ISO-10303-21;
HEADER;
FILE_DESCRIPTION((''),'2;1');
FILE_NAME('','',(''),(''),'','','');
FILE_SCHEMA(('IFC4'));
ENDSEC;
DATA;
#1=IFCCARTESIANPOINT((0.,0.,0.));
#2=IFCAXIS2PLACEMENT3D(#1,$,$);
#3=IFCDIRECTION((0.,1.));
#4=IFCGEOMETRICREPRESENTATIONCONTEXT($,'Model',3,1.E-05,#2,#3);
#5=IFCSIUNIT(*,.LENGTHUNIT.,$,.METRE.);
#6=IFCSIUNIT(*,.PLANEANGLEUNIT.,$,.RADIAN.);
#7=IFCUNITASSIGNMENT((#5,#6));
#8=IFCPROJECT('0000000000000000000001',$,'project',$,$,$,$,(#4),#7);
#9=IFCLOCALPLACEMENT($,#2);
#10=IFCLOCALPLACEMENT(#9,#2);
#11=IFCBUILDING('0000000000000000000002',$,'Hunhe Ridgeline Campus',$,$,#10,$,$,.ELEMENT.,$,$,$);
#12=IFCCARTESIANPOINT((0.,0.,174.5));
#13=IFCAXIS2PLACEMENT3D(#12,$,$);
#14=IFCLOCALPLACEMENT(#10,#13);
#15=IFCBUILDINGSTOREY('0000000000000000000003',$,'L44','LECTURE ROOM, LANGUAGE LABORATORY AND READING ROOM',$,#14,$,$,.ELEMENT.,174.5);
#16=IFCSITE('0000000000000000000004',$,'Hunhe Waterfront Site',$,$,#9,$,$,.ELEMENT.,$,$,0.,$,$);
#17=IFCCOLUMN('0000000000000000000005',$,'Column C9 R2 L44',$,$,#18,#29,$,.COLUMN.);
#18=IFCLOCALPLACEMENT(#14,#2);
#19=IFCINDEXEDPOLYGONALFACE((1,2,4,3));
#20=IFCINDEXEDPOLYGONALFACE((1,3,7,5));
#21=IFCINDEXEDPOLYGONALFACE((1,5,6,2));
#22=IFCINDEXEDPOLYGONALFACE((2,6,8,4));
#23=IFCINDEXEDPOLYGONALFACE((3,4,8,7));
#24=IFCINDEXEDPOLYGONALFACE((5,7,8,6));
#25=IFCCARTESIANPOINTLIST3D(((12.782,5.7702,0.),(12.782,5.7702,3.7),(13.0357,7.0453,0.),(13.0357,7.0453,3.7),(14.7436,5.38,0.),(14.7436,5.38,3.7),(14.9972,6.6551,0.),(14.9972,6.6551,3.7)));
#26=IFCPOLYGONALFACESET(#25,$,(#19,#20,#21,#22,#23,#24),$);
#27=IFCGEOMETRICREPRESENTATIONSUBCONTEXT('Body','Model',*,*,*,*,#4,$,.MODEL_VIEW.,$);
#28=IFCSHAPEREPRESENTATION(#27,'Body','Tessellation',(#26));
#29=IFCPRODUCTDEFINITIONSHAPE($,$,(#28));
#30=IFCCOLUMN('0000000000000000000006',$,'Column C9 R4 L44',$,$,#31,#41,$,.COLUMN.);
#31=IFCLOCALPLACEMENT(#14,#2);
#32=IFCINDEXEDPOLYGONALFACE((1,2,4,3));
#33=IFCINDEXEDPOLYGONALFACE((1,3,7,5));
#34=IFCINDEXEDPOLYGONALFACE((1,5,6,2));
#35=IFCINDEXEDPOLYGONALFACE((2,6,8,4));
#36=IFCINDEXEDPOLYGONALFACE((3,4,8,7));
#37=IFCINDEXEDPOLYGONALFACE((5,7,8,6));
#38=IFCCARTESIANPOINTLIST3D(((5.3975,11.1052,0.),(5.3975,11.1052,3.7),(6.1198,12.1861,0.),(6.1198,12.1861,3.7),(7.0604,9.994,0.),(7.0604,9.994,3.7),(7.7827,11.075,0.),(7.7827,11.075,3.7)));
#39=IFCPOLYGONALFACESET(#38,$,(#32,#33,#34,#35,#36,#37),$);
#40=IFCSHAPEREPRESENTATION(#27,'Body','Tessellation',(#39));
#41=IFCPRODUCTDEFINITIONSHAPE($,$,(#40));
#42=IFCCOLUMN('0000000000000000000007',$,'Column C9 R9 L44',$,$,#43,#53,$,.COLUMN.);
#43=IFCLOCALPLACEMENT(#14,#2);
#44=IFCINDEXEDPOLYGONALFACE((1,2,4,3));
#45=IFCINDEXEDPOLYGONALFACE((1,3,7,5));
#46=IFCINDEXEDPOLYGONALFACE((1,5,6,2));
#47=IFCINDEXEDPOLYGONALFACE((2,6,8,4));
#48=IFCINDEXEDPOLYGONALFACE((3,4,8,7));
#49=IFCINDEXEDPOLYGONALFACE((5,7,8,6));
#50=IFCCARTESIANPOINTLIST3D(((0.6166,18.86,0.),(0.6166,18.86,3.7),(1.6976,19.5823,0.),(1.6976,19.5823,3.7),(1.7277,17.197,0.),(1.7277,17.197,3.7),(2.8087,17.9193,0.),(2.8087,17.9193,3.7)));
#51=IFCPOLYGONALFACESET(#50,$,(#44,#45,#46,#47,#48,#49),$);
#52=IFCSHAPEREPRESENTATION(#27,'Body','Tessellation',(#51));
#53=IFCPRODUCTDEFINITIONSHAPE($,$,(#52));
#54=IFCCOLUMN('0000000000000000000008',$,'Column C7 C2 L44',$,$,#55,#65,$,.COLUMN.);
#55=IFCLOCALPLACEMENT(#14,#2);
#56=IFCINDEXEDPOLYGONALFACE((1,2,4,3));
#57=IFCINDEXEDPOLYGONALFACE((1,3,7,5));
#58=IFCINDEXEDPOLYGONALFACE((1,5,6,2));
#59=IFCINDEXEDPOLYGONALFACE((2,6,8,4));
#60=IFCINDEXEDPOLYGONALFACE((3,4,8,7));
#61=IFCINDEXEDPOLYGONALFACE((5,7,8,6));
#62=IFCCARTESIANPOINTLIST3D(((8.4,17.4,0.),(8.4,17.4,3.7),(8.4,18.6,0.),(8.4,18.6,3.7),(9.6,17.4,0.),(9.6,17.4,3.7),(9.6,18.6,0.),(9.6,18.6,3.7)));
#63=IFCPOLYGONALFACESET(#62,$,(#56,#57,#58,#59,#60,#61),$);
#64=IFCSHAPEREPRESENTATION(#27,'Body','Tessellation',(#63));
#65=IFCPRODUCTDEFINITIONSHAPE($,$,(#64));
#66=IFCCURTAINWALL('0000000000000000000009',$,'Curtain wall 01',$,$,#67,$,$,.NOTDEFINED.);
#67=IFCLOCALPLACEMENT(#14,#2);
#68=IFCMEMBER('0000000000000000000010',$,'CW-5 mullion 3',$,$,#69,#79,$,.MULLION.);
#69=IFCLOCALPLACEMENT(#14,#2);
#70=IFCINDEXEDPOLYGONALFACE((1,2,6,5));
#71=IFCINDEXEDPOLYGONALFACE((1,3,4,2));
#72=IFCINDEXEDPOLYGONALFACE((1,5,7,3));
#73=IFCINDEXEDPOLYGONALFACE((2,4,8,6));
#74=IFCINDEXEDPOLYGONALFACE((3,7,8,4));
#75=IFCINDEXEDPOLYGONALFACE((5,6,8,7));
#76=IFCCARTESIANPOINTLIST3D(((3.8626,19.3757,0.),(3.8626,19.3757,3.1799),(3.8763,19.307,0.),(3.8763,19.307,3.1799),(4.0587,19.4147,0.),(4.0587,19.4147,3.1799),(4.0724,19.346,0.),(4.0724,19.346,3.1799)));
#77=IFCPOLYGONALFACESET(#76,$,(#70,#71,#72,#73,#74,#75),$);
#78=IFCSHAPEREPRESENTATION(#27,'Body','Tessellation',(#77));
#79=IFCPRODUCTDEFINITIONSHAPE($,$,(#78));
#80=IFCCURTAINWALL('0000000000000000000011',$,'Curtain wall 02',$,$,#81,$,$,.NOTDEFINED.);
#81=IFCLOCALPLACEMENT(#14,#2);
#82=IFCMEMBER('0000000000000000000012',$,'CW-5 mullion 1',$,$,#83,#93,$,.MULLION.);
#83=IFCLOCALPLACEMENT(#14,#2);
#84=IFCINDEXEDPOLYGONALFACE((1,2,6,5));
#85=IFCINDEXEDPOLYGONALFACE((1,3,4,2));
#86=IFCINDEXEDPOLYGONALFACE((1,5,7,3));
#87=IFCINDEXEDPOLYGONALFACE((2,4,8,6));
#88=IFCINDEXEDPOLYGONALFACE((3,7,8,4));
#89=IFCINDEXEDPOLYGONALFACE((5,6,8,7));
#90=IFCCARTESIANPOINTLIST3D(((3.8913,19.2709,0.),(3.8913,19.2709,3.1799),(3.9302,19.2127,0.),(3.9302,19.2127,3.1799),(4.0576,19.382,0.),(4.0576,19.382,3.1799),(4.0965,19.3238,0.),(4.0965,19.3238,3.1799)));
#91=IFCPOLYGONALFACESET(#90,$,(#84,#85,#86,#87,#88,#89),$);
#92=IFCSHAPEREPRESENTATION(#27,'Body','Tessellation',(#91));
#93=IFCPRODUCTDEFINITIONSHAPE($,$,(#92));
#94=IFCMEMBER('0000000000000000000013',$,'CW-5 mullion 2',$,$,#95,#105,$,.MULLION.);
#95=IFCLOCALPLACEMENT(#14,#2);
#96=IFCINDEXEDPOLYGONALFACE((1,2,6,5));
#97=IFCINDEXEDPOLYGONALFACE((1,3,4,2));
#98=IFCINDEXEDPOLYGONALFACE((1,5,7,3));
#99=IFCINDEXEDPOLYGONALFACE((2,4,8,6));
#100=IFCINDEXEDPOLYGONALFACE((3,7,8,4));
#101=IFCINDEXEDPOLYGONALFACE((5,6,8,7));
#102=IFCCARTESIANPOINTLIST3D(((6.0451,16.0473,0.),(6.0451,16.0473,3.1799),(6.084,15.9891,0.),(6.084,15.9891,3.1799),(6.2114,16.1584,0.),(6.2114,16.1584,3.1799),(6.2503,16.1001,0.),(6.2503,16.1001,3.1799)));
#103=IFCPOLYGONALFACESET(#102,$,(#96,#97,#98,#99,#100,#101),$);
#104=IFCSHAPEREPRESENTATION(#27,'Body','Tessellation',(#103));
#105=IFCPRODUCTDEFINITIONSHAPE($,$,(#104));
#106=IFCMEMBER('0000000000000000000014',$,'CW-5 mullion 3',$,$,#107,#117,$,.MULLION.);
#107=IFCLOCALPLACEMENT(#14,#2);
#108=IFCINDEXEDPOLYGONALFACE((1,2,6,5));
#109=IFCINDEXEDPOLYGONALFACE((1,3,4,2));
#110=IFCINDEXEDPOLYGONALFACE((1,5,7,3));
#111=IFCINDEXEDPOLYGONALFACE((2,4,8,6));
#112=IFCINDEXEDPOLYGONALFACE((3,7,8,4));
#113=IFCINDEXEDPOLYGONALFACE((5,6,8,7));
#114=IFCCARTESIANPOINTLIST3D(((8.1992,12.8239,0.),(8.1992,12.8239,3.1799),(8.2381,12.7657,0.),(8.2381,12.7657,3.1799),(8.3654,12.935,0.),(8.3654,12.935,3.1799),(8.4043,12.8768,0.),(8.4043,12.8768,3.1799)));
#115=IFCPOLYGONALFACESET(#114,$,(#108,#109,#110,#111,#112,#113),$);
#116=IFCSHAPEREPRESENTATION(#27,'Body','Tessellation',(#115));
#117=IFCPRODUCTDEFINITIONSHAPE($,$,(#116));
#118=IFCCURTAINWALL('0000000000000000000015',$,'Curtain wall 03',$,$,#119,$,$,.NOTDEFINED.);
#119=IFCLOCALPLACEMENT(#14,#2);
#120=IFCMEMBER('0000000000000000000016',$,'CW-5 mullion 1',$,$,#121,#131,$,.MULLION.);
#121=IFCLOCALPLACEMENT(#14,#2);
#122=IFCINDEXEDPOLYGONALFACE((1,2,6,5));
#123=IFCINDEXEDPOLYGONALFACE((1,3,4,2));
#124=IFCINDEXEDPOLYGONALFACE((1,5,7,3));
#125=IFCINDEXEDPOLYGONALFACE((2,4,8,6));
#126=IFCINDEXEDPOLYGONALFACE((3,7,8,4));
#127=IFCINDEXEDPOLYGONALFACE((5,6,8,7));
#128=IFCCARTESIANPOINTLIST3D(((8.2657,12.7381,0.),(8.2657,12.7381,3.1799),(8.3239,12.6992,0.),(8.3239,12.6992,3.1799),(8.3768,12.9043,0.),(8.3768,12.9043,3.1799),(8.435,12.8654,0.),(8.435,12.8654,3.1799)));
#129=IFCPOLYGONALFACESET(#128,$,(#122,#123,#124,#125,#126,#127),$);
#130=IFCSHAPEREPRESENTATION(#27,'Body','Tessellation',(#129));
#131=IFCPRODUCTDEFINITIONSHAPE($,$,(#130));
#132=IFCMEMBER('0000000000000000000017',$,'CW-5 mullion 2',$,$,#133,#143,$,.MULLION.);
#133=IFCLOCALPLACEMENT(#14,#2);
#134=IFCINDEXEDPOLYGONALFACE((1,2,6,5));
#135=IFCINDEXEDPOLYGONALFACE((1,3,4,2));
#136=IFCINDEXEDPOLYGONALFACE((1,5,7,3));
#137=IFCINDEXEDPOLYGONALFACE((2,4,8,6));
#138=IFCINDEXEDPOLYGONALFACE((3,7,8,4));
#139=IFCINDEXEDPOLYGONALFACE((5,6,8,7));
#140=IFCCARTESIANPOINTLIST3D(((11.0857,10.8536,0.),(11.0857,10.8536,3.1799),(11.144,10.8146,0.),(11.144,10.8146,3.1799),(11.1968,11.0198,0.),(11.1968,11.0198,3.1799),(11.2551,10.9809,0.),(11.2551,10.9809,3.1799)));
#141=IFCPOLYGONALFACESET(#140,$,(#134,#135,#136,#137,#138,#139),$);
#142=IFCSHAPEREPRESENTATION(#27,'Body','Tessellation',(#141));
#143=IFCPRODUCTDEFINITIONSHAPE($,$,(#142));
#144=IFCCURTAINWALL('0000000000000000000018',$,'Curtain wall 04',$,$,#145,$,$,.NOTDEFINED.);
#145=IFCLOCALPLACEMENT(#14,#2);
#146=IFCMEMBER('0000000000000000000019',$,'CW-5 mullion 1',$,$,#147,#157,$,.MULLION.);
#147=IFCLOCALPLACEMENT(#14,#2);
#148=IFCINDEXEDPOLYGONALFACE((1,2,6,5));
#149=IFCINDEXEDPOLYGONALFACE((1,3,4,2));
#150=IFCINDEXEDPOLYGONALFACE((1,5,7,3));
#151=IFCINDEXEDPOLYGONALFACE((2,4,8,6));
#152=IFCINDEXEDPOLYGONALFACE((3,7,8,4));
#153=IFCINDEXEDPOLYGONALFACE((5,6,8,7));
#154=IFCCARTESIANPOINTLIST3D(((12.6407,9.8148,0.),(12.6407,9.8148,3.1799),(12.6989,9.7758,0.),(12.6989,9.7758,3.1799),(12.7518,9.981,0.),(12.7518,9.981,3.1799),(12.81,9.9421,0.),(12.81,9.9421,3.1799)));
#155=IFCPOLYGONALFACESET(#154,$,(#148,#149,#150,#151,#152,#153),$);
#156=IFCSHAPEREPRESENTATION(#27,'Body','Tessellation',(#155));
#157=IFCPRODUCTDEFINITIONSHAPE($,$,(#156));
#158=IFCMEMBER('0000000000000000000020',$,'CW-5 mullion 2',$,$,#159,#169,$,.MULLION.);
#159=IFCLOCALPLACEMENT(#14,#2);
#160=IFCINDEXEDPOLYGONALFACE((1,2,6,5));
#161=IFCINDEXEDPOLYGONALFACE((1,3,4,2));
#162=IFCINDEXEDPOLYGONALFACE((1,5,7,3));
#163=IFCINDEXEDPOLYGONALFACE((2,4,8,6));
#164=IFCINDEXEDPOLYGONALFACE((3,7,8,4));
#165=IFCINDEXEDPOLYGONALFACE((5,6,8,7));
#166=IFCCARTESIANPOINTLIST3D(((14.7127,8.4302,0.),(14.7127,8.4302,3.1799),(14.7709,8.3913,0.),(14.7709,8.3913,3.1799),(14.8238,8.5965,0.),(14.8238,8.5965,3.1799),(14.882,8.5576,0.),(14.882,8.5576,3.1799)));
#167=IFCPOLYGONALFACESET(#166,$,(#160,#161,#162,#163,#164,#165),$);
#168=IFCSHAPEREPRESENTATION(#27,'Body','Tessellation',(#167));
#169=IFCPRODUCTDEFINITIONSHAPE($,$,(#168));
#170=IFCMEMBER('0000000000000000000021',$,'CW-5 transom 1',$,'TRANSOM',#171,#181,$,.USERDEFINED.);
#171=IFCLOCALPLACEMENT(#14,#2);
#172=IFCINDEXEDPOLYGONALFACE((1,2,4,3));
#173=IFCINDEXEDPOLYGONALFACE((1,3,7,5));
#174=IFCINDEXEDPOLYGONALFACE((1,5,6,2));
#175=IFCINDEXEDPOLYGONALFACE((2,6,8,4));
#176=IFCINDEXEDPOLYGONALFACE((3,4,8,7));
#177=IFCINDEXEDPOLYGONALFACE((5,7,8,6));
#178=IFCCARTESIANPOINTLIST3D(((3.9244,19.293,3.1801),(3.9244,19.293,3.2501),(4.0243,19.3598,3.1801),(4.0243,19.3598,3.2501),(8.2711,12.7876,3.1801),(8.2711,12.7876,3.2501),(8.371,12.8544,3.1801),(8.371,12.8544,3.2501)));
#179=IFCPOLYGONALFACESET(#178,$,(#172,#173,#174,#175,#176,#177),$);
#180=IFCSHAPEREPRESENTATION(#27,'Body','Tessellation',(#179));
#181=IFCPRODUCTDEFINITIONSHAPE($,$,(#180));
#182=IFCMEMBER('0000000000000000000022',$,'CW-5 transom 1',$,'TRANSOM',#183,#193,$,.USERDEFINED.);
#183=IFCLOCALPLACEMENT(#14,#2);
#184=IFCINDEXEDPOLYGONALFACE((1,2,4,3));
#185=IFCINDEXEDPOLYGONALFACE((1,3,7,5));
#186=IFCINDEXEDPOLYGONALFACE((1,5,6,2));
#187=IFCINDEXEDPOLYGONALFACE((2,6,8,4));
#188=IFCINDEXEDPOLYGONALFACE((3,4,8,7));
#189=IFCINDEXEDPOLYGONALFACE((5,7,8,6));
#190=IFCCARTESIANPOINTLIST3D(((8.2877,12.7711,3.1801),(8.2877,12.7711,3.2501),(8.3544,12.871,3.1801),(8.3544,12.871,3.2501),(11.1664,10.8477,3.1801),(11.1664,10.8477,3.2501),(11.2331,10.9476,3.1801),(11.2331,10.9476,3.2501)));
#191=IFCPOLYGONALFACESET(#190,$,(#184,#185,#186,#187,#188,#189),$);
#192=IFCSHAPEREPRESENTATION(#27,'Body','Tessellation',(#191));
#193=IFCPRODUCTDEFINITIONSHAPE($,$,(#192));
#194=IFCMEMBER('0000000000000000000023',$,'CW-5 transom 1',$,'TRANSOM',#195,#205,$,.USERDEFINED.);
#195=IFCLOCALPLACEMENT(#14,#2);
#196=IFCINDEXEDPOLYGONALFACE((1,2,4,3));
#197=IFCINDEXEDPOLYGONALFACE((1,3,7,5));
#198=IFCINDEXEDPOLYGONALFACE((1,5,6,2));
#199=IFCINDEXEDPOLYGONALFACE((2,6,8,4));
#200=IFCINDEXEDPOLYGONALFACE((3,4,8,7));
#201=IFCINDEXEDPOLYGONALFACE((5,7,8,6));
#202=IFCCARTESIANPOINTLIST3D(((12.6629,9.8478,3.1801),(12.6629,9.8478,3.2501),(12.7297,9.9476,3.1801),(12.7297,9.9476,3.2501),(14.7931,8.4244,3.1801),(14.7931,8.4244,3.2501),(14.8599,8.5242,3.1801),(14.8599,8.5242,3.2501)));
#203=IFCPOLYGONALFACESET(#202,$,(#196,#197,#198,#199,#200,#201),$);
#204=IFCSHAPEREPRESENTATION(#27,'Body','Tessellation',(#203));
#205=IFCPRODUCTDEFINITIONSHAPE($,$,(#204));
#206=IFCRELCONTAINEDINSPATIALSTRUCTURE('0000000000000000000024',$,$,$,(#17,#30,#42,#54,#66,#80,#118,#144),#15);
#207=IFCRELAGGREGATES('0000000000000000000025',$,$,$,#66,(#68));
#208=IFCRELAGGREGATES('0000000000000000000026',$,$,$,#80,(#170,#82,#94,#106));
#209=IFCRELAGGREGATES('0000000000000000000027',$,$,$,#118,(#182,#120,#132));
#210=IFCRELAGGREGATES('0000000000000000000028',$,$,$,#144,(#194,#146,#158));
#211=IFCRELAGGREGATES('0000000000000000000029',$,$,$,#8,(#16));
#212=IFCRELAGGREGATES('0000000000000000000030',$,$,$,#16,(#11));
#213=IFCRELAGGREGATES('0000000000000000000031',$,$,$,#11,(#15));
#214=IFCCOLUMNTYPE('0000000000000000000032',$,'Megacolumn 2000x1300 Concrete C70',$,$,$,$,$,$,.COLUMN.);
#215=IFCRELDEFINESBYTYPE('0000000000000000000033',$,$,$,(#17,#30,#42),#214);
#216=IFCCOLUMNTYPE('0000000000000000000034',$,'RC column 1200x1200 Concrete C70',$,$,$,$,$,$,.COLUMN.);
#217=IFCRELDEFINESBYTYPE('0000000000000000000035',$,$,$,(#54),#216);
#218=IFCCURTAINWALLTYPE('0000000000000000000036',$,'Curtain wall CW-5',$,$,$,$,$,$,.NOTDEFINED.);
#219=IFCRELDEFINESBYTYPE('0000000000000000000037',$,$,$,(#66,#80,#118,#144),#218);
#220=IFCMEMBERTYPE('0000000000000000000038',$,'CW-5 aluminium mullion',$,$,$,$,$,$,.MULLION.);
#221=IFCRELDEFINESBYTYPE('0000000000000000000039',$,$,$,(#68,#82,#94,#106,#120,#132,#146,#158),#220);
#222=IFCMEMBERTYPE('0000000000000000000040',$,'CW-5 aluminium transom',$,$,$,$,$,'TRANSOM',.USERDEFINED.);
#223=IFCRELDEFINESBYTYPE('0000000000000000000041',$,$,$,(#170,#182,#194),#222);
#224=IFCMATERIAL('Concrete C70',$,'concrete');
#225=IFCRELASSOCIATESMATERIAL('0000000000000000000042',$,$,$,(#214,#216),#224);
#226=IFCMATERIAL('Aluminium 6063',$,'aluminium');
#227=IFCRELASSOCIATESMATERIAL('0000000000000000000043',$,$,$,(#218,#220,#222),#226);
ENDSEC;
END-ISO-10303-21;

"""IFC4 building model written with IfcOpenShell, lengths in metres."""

from ifc_helpers import new_model, si_unit, direction, frame, origin, origin_2d, place, context, subcontext, project, spatial, rectangle, extrude, material, material_profile, profile_set, type_object, element, aggregate, save


model = new_model("IFC4")

# Units and contexts
model_context = context("Model", 3, precision=1e-05, world=origin(), true_north=direction((0.0, 1.0)))
body_context = subcontext(model_context, "Body", "Model", "MODEL_VIEW")
ifc_project = project(units=[si_unit("LENGTHUNIT", "METRE"), si_unit("PLANEANGLEUNIT", "RADIAN")], contexts=[model_context])

# Site, building, storey
site_placement = place(None, origin())
site = spatial("IfcSite", under=ifc_project, at=site_placement, Name="Hunhe Waterfront Site", CompositionType="ELEMENT", RefElevation=0.0)
building_placement = place(site_placement, origin())
building = spatial("IfcBuilding", under=site, at=building_placement, Name="Hunhe Ridgeline Campus", CompositionType="ELEMENT")
storey_placement = place(building_placement, frame((0.0, 0.0, 174.5)))
storey = spatial("IfcBuildingStorey", under=building, at=storey_placement, Name="L44", Description="LECTURE ROOM, LANGUAGE LABORATORY AND READING ROOM", CompositionType="ELEMENT", Elevation=174.5)

# Columns
ifc_material_1 = material(Name="Concrete C70", Category="concrete")
ifc_material_profile_1 = material_profile(ifc_material_1, rectangle(XDim=2.0, YDim=1.3, at=origin_2d()))
ifc_profile_set_1 = profile_set([ifc_material_profile_1], Name="Concrete C70")
column_type_1 = type_object("IfcColumnType", Name="Megacolumn 2000x1300 Concrete C70", PredefinedType="COLUMN", material=ifc_profile_set_1)
for number, where, z_axis, x_axis, name in (
    (1, (13.8896, 6.2126, 0.0), (0.0, 0.0, 1.0), (-0.980785, 0.19509, 0.0), "Column C9 R2 L44"),
    (2, (6.5901, 11.0901, 0.0), (0.0, 0.0, 1.0), (-0.83147, 0.55557, 0.0), "Column C9 R4 L44"),
    (3, (1.7126, 18.3896, 0.0), (0.0, 0.0, 1.0), (-0.55557, 0.83147, 0.0), "Column C9 R9 L44"),
):
    element("IfcColumn", number, at=place(storey_placement, frame(where, z_axis=z_axis, x_axis=x_axis)), inside=storey, type_object=column_type_1, Name=name, PredefinedType="COLUMN", context=body_context, shape_type="SweptSolid", body=[
        extrude(rectangle(XDim=2.0, YDim=1.3, at=origin_2d()), origin(), (0.0, 0.0, 1.0), 3.7),
    ])
ifc_material_profile_2 = material_profile(ifc_material_1, rectangle(XDim=1.2, YDim=1.2, at=origin_2d()))
ifc_profile_set_2 = profile_set([ifc_material_profile_2], Name="Concrete C70")
column_type_2 = type_object("IfcColumnType", Name="RC column 1200x1200 Concrete C70", PredefinedType="COLUMN", material=ifc_profile_set_2)
column_placement = place(storey_placement, frame((9.0, 18.0, 0.0), z_axis=(0.0, 0.0, 1.0), x_axis=(1.0, 0.0, 0.0)))
element("IfcColumn", 4, at=column_placement, inside=storey, type_object=column_type_2, Name="Column C7 C2 L44", PredefinedType="COLUMN", context=body_context, shape_type="SweptSolid", body=[
    extrude(rectangle(XDim=1.2, YDim=1.2, at=origin_2d()), origin(), (0.0, 0.0, 1.0), 3.7),
])

# Curtain wall, member
ifc_material_2 = material(Name="Aluminium 6063", Category="aluminium")
curtain_wall_type = type_object("IfcCurtainWallType", Name="Curtain wall CW-5", PredefinedType="NOTDEFINED", material=ifc_material_2)
curtain_wall_1_placement = place(storey_placement, origin())
curtain_wall_1 = element("IfcCurtainWall", 5, at=curtain_wall_1_placement, inside=storey, type_object=curtain_wall_type, Name="Curtain wall 01", PredefinedType="NOTDEFINED")
ifc_material_profile_3 = material_profile(ifc_material_2, rectangle(XDim=0.2, YDim=0.0701, at=origin_2d()))
ifc_profile_set_3 = profile_set([ifc_material_profile_3], Name="Aluminium 6063")
member_type_1 = type_object("IfcMemberType", Name="CW-5 aluminium mullion", PredefinedType="MULLION", material=ifc_profile_set_3)
member_1_placement = place(storey_placement, frame((3.9675, 19.3608, 0.0), z_axis=(0.0, 0.0, 1.0), x_axis=(0.980784, 0.195095, 0.0)))
member_1 = element("IfcMember", 6, at=member_1_placement, type_object=member_type_1, Name="CW-5 mullion 3", PredefinedType="MULLION", context=body_context, shape_type="SweptSolid", body=[
    extrude(rectangle(XDim=0.2, YDim=0.0701, at=origin_2d()), origin(), (0.0, 0.0, 1.0), 3.1799),
])
aggregate(curtain_wall_1, [member_1])

# Curtain walls, members
curtain_wall_2_placement = place(storey_placement, origin())
curtain_wall_2 = element("IfcCurtainWall", 7, at=curtain_wall_2_placement, inside=storey, type_object=curtain_wall_type, Name="Curtain wall 02", PredefinedType="NOTDEFINED")
member_2_placement = place(storey_placement, frame((3.9939, 19.2974, 0.0), z_axis=(0.0, 0.0, 1.0), x_axis=(0.83147, 0.55557, 0.0)))
member_2 = element("IfcMember", 8, at=member_2_placement, type_object=member_type_1, Name="CW-5 mullion 1", PredefinedType="MULLION", context=body_context, shape_type="SweptSolid", body=[
    extrude(rectangle(XDim=0.2, YDim=0.0701, at=origin_2d()), origin(), (0.0, 0.0, 1.0), 3.1799),
])
member_3_placement = place(storey_placement, frame((6.1477, 16.0737, 0.0), z_axis=(0.0, 0.0, 1.0), x_axis=(0.83147, 0.55557, 0.0)))
member_3 = element("IfcMember", 9, at=member_3_placement, type_object=member_type_1, Name="CW-5 mullion 2", PredefinedType="MULLION", context=body_context, shape_type="SweptSolid", body=[
    extrude(rectangle(XDim=0.2, YDim=0.0701, at=origin_2d()), origin(), (0.0, 0.0, 1.0), 3.1799),
])
member_4_placement = place(storey_placement, frame((8.3018, 12.8503, 0.0), z_axis=(0.0, 0.0, 1.0), x_axis=(0.83147, 0.55557, 0.0)))
member_4 = element("IfcMember", 10, at=member_4_placement, type_object=member_type_1, Name="CW-5 mullion 3", PredefinedType="MULLION", context=body_context, shape_type="SweptSolid", body=[
    extrude(rectangle(XDim=0.2, YDim=0.0701, at=origin_2d()), origin(), (0.0, 0.0, 1.0), 3.1799),
])
curtain_wall_3_placement = place(storey_placement, origin())
curtain_wall_3 = element("IfcCurtainWall", 11, at=curtain_wall_3_placement, inside=storey, type_object=curtain_wall_type, Name="Curtain wall 03", PredefinedType="NOTDEFINED")
member_5_placement = place(storey_placement, frame((8.3503, 12.8018, 0.0), z_axis=(0.0, 0.0, 1.0), x_axis=(0.55557, 0.83147, 0.0)))
member_5 = element("IfcMember", 12, at=member_5_placement, type_object=member_type_1, Name="CW-5 mullion 1", PredefinedType="MULLION", context=body_context, shape_type="SweptSolid", body=[
    extrude(rectangle(XDim=0.2, YDim=0.0701, at=origin_2d()), origin(), (0.0, 0.0, 1.0), 3.1799),
])
member_6_placement = place(storey_placement, frame((11.1704, 10.9172, 0.0), z_axis=(0.0, 0.0, 1.0), x_axis=(0.55557, 0.83147, 0.0)))
member_6 = element("IfcMember", 13, at=member_6_placement, type_object=member_type_1, Name="CW-5 mullion 2", PredefinedType="MULLION", context=body_context, shape_type="SweptSolid", body=[
    extrude(rectangle(XDim=0.2, YDim=0.0701, at=origin_2d()), origin(), (0.0, 0.0, 1.0), 3.1799),
])
curtain_wall_4_placement = place(storey_placement, origin())
curtain_wall_4 = element("IfcCurtainWall", 14, at=curtain_wall_4_placement, inside=storey, type_object=curtain_wall_type, Name="Curtain wall 04", PredefinedType="NOTDEFINED")
member_7_placement = place(storey_placement, frame((12.7253, 9.8784, 0.0), z_axis=(0.0, 0.0, 1.0), x_axis=(0.55557, 0.83147, 0.0)))
member_7 = element("IfcMember", 15, at=member_7_placement, type_object=member_type_1, Name="CW-5 mullion 1", PredefinedType="MULLION", context=body_context, shape_type="SweptSolid", body=[
    extrude(rectangle(XDim=0.2, YDim=0.0701, at=origin_2d()), origin(), (0.0, 0.0, 1.0), 3.1799),
])
member_8_placement = place(storey_placement, frame((14.7974, 8.4939, 0.0), z_axis=(0.0, 0.0, 1.0), x_axis=(0.55557, 0.83147, 0.0)))
member_8 = element("IfcMember", 16, at=member_8_placement, type_object=member_type_1, Name="CW-5 mullion 2", PredefinedType="MULLION", context=body_context, shape_type="SweptSolid", body=[
    extrude(rectangle(XDim=0.2, YDim=0.0701, at=origin_2d()), origin(), (0.0, 0.0, 1.0), 3.1799),
])

# Members
ifc_material_profile_4 = material_profile(ifc_material_2, rectangle(XDim=0.1201, YDim=0.0701, at=origin_2d()))
ifc_profile_set_4 = profile_set([ifc_material_profile_4], Name="Aluminium 6063")
member_type_2 = type_object("IfcMemberType", Name="CW-5 aluminium transom", ElementType="TRANSOM", PredefinedType="USERDEFINED", material=ifc_profile_set_4)
member_9_placement = place(storey_placement, frame((3.9744, 19.3264, 3.2151), z_axis=(0.555564, -0.831474, 0.0), x_axis=(0.831474, 0.555564, 0.0)))
member_9 = element("IfcMember", 17, at=member_9_placement, type_object=member_type_2, Name="CW-5 transom 1", ObjectType="TRANSOM", PredefinedType="USERDEFINED", context=body_context, shape_type="SweptSolid", body=[
    extrude(rectangle(XDim=0.1201, YDim=0.0701, at=origin_2d()), origin(), (0.0, 0.0, 1.0), 7.824),
])
member_10_placement = place(storey_placement, frame((8.321, 12.821, 3.2151), z_axis=(0.831486, -0.555546, 0.0), x_axis=(0.555546, 0.831486, 0.0)))
member_10 = element("IfcMember", 18, at=member_10_placement, type_object=member_type_2, Name="CW-5 transom 1", ObjectType="TRANSOM", PredefinedType="USERDEFINED", context=body_context, shape_type="SweptSolid", body=[
    extrude(rectangle(XDim=0.1201, YDim=0.0701, at=origin_2d()), origin(), (0.0, 0.0, 1.0), 3.4622),
])
member_11_placement = place(storey_placement, frame((12.6963, 9.8977, 3.2151), z_axis=(0.831463, -0.55558, 0.0), x_axis=(0.55558, 0.831463, 0.0)))
member_11 = element("IfcMember", 19, at=member_11_placement, type_object=member_type_2, Name="CW-5 transom 1", ObjectType="TRANSOM", PredefinedType="USERDEFINED", context=body_context, shape_type="SweptSolid", body=[
    extrude(rectangle(XDim=0.1201, YDim=0.0701, at=origin_2d()), origin(), (0.0, 0.0, 1.0), 2.562),
])

aggregate(curtain_wall_2, [member_9, member_2, member_3, member_4])
aggregate(curtain_wall_3, [member_10, member_5, member_6])
aggregate(curtain_wall_4, [member_11, member_7, member_8])

save(model, "model.ifc")
